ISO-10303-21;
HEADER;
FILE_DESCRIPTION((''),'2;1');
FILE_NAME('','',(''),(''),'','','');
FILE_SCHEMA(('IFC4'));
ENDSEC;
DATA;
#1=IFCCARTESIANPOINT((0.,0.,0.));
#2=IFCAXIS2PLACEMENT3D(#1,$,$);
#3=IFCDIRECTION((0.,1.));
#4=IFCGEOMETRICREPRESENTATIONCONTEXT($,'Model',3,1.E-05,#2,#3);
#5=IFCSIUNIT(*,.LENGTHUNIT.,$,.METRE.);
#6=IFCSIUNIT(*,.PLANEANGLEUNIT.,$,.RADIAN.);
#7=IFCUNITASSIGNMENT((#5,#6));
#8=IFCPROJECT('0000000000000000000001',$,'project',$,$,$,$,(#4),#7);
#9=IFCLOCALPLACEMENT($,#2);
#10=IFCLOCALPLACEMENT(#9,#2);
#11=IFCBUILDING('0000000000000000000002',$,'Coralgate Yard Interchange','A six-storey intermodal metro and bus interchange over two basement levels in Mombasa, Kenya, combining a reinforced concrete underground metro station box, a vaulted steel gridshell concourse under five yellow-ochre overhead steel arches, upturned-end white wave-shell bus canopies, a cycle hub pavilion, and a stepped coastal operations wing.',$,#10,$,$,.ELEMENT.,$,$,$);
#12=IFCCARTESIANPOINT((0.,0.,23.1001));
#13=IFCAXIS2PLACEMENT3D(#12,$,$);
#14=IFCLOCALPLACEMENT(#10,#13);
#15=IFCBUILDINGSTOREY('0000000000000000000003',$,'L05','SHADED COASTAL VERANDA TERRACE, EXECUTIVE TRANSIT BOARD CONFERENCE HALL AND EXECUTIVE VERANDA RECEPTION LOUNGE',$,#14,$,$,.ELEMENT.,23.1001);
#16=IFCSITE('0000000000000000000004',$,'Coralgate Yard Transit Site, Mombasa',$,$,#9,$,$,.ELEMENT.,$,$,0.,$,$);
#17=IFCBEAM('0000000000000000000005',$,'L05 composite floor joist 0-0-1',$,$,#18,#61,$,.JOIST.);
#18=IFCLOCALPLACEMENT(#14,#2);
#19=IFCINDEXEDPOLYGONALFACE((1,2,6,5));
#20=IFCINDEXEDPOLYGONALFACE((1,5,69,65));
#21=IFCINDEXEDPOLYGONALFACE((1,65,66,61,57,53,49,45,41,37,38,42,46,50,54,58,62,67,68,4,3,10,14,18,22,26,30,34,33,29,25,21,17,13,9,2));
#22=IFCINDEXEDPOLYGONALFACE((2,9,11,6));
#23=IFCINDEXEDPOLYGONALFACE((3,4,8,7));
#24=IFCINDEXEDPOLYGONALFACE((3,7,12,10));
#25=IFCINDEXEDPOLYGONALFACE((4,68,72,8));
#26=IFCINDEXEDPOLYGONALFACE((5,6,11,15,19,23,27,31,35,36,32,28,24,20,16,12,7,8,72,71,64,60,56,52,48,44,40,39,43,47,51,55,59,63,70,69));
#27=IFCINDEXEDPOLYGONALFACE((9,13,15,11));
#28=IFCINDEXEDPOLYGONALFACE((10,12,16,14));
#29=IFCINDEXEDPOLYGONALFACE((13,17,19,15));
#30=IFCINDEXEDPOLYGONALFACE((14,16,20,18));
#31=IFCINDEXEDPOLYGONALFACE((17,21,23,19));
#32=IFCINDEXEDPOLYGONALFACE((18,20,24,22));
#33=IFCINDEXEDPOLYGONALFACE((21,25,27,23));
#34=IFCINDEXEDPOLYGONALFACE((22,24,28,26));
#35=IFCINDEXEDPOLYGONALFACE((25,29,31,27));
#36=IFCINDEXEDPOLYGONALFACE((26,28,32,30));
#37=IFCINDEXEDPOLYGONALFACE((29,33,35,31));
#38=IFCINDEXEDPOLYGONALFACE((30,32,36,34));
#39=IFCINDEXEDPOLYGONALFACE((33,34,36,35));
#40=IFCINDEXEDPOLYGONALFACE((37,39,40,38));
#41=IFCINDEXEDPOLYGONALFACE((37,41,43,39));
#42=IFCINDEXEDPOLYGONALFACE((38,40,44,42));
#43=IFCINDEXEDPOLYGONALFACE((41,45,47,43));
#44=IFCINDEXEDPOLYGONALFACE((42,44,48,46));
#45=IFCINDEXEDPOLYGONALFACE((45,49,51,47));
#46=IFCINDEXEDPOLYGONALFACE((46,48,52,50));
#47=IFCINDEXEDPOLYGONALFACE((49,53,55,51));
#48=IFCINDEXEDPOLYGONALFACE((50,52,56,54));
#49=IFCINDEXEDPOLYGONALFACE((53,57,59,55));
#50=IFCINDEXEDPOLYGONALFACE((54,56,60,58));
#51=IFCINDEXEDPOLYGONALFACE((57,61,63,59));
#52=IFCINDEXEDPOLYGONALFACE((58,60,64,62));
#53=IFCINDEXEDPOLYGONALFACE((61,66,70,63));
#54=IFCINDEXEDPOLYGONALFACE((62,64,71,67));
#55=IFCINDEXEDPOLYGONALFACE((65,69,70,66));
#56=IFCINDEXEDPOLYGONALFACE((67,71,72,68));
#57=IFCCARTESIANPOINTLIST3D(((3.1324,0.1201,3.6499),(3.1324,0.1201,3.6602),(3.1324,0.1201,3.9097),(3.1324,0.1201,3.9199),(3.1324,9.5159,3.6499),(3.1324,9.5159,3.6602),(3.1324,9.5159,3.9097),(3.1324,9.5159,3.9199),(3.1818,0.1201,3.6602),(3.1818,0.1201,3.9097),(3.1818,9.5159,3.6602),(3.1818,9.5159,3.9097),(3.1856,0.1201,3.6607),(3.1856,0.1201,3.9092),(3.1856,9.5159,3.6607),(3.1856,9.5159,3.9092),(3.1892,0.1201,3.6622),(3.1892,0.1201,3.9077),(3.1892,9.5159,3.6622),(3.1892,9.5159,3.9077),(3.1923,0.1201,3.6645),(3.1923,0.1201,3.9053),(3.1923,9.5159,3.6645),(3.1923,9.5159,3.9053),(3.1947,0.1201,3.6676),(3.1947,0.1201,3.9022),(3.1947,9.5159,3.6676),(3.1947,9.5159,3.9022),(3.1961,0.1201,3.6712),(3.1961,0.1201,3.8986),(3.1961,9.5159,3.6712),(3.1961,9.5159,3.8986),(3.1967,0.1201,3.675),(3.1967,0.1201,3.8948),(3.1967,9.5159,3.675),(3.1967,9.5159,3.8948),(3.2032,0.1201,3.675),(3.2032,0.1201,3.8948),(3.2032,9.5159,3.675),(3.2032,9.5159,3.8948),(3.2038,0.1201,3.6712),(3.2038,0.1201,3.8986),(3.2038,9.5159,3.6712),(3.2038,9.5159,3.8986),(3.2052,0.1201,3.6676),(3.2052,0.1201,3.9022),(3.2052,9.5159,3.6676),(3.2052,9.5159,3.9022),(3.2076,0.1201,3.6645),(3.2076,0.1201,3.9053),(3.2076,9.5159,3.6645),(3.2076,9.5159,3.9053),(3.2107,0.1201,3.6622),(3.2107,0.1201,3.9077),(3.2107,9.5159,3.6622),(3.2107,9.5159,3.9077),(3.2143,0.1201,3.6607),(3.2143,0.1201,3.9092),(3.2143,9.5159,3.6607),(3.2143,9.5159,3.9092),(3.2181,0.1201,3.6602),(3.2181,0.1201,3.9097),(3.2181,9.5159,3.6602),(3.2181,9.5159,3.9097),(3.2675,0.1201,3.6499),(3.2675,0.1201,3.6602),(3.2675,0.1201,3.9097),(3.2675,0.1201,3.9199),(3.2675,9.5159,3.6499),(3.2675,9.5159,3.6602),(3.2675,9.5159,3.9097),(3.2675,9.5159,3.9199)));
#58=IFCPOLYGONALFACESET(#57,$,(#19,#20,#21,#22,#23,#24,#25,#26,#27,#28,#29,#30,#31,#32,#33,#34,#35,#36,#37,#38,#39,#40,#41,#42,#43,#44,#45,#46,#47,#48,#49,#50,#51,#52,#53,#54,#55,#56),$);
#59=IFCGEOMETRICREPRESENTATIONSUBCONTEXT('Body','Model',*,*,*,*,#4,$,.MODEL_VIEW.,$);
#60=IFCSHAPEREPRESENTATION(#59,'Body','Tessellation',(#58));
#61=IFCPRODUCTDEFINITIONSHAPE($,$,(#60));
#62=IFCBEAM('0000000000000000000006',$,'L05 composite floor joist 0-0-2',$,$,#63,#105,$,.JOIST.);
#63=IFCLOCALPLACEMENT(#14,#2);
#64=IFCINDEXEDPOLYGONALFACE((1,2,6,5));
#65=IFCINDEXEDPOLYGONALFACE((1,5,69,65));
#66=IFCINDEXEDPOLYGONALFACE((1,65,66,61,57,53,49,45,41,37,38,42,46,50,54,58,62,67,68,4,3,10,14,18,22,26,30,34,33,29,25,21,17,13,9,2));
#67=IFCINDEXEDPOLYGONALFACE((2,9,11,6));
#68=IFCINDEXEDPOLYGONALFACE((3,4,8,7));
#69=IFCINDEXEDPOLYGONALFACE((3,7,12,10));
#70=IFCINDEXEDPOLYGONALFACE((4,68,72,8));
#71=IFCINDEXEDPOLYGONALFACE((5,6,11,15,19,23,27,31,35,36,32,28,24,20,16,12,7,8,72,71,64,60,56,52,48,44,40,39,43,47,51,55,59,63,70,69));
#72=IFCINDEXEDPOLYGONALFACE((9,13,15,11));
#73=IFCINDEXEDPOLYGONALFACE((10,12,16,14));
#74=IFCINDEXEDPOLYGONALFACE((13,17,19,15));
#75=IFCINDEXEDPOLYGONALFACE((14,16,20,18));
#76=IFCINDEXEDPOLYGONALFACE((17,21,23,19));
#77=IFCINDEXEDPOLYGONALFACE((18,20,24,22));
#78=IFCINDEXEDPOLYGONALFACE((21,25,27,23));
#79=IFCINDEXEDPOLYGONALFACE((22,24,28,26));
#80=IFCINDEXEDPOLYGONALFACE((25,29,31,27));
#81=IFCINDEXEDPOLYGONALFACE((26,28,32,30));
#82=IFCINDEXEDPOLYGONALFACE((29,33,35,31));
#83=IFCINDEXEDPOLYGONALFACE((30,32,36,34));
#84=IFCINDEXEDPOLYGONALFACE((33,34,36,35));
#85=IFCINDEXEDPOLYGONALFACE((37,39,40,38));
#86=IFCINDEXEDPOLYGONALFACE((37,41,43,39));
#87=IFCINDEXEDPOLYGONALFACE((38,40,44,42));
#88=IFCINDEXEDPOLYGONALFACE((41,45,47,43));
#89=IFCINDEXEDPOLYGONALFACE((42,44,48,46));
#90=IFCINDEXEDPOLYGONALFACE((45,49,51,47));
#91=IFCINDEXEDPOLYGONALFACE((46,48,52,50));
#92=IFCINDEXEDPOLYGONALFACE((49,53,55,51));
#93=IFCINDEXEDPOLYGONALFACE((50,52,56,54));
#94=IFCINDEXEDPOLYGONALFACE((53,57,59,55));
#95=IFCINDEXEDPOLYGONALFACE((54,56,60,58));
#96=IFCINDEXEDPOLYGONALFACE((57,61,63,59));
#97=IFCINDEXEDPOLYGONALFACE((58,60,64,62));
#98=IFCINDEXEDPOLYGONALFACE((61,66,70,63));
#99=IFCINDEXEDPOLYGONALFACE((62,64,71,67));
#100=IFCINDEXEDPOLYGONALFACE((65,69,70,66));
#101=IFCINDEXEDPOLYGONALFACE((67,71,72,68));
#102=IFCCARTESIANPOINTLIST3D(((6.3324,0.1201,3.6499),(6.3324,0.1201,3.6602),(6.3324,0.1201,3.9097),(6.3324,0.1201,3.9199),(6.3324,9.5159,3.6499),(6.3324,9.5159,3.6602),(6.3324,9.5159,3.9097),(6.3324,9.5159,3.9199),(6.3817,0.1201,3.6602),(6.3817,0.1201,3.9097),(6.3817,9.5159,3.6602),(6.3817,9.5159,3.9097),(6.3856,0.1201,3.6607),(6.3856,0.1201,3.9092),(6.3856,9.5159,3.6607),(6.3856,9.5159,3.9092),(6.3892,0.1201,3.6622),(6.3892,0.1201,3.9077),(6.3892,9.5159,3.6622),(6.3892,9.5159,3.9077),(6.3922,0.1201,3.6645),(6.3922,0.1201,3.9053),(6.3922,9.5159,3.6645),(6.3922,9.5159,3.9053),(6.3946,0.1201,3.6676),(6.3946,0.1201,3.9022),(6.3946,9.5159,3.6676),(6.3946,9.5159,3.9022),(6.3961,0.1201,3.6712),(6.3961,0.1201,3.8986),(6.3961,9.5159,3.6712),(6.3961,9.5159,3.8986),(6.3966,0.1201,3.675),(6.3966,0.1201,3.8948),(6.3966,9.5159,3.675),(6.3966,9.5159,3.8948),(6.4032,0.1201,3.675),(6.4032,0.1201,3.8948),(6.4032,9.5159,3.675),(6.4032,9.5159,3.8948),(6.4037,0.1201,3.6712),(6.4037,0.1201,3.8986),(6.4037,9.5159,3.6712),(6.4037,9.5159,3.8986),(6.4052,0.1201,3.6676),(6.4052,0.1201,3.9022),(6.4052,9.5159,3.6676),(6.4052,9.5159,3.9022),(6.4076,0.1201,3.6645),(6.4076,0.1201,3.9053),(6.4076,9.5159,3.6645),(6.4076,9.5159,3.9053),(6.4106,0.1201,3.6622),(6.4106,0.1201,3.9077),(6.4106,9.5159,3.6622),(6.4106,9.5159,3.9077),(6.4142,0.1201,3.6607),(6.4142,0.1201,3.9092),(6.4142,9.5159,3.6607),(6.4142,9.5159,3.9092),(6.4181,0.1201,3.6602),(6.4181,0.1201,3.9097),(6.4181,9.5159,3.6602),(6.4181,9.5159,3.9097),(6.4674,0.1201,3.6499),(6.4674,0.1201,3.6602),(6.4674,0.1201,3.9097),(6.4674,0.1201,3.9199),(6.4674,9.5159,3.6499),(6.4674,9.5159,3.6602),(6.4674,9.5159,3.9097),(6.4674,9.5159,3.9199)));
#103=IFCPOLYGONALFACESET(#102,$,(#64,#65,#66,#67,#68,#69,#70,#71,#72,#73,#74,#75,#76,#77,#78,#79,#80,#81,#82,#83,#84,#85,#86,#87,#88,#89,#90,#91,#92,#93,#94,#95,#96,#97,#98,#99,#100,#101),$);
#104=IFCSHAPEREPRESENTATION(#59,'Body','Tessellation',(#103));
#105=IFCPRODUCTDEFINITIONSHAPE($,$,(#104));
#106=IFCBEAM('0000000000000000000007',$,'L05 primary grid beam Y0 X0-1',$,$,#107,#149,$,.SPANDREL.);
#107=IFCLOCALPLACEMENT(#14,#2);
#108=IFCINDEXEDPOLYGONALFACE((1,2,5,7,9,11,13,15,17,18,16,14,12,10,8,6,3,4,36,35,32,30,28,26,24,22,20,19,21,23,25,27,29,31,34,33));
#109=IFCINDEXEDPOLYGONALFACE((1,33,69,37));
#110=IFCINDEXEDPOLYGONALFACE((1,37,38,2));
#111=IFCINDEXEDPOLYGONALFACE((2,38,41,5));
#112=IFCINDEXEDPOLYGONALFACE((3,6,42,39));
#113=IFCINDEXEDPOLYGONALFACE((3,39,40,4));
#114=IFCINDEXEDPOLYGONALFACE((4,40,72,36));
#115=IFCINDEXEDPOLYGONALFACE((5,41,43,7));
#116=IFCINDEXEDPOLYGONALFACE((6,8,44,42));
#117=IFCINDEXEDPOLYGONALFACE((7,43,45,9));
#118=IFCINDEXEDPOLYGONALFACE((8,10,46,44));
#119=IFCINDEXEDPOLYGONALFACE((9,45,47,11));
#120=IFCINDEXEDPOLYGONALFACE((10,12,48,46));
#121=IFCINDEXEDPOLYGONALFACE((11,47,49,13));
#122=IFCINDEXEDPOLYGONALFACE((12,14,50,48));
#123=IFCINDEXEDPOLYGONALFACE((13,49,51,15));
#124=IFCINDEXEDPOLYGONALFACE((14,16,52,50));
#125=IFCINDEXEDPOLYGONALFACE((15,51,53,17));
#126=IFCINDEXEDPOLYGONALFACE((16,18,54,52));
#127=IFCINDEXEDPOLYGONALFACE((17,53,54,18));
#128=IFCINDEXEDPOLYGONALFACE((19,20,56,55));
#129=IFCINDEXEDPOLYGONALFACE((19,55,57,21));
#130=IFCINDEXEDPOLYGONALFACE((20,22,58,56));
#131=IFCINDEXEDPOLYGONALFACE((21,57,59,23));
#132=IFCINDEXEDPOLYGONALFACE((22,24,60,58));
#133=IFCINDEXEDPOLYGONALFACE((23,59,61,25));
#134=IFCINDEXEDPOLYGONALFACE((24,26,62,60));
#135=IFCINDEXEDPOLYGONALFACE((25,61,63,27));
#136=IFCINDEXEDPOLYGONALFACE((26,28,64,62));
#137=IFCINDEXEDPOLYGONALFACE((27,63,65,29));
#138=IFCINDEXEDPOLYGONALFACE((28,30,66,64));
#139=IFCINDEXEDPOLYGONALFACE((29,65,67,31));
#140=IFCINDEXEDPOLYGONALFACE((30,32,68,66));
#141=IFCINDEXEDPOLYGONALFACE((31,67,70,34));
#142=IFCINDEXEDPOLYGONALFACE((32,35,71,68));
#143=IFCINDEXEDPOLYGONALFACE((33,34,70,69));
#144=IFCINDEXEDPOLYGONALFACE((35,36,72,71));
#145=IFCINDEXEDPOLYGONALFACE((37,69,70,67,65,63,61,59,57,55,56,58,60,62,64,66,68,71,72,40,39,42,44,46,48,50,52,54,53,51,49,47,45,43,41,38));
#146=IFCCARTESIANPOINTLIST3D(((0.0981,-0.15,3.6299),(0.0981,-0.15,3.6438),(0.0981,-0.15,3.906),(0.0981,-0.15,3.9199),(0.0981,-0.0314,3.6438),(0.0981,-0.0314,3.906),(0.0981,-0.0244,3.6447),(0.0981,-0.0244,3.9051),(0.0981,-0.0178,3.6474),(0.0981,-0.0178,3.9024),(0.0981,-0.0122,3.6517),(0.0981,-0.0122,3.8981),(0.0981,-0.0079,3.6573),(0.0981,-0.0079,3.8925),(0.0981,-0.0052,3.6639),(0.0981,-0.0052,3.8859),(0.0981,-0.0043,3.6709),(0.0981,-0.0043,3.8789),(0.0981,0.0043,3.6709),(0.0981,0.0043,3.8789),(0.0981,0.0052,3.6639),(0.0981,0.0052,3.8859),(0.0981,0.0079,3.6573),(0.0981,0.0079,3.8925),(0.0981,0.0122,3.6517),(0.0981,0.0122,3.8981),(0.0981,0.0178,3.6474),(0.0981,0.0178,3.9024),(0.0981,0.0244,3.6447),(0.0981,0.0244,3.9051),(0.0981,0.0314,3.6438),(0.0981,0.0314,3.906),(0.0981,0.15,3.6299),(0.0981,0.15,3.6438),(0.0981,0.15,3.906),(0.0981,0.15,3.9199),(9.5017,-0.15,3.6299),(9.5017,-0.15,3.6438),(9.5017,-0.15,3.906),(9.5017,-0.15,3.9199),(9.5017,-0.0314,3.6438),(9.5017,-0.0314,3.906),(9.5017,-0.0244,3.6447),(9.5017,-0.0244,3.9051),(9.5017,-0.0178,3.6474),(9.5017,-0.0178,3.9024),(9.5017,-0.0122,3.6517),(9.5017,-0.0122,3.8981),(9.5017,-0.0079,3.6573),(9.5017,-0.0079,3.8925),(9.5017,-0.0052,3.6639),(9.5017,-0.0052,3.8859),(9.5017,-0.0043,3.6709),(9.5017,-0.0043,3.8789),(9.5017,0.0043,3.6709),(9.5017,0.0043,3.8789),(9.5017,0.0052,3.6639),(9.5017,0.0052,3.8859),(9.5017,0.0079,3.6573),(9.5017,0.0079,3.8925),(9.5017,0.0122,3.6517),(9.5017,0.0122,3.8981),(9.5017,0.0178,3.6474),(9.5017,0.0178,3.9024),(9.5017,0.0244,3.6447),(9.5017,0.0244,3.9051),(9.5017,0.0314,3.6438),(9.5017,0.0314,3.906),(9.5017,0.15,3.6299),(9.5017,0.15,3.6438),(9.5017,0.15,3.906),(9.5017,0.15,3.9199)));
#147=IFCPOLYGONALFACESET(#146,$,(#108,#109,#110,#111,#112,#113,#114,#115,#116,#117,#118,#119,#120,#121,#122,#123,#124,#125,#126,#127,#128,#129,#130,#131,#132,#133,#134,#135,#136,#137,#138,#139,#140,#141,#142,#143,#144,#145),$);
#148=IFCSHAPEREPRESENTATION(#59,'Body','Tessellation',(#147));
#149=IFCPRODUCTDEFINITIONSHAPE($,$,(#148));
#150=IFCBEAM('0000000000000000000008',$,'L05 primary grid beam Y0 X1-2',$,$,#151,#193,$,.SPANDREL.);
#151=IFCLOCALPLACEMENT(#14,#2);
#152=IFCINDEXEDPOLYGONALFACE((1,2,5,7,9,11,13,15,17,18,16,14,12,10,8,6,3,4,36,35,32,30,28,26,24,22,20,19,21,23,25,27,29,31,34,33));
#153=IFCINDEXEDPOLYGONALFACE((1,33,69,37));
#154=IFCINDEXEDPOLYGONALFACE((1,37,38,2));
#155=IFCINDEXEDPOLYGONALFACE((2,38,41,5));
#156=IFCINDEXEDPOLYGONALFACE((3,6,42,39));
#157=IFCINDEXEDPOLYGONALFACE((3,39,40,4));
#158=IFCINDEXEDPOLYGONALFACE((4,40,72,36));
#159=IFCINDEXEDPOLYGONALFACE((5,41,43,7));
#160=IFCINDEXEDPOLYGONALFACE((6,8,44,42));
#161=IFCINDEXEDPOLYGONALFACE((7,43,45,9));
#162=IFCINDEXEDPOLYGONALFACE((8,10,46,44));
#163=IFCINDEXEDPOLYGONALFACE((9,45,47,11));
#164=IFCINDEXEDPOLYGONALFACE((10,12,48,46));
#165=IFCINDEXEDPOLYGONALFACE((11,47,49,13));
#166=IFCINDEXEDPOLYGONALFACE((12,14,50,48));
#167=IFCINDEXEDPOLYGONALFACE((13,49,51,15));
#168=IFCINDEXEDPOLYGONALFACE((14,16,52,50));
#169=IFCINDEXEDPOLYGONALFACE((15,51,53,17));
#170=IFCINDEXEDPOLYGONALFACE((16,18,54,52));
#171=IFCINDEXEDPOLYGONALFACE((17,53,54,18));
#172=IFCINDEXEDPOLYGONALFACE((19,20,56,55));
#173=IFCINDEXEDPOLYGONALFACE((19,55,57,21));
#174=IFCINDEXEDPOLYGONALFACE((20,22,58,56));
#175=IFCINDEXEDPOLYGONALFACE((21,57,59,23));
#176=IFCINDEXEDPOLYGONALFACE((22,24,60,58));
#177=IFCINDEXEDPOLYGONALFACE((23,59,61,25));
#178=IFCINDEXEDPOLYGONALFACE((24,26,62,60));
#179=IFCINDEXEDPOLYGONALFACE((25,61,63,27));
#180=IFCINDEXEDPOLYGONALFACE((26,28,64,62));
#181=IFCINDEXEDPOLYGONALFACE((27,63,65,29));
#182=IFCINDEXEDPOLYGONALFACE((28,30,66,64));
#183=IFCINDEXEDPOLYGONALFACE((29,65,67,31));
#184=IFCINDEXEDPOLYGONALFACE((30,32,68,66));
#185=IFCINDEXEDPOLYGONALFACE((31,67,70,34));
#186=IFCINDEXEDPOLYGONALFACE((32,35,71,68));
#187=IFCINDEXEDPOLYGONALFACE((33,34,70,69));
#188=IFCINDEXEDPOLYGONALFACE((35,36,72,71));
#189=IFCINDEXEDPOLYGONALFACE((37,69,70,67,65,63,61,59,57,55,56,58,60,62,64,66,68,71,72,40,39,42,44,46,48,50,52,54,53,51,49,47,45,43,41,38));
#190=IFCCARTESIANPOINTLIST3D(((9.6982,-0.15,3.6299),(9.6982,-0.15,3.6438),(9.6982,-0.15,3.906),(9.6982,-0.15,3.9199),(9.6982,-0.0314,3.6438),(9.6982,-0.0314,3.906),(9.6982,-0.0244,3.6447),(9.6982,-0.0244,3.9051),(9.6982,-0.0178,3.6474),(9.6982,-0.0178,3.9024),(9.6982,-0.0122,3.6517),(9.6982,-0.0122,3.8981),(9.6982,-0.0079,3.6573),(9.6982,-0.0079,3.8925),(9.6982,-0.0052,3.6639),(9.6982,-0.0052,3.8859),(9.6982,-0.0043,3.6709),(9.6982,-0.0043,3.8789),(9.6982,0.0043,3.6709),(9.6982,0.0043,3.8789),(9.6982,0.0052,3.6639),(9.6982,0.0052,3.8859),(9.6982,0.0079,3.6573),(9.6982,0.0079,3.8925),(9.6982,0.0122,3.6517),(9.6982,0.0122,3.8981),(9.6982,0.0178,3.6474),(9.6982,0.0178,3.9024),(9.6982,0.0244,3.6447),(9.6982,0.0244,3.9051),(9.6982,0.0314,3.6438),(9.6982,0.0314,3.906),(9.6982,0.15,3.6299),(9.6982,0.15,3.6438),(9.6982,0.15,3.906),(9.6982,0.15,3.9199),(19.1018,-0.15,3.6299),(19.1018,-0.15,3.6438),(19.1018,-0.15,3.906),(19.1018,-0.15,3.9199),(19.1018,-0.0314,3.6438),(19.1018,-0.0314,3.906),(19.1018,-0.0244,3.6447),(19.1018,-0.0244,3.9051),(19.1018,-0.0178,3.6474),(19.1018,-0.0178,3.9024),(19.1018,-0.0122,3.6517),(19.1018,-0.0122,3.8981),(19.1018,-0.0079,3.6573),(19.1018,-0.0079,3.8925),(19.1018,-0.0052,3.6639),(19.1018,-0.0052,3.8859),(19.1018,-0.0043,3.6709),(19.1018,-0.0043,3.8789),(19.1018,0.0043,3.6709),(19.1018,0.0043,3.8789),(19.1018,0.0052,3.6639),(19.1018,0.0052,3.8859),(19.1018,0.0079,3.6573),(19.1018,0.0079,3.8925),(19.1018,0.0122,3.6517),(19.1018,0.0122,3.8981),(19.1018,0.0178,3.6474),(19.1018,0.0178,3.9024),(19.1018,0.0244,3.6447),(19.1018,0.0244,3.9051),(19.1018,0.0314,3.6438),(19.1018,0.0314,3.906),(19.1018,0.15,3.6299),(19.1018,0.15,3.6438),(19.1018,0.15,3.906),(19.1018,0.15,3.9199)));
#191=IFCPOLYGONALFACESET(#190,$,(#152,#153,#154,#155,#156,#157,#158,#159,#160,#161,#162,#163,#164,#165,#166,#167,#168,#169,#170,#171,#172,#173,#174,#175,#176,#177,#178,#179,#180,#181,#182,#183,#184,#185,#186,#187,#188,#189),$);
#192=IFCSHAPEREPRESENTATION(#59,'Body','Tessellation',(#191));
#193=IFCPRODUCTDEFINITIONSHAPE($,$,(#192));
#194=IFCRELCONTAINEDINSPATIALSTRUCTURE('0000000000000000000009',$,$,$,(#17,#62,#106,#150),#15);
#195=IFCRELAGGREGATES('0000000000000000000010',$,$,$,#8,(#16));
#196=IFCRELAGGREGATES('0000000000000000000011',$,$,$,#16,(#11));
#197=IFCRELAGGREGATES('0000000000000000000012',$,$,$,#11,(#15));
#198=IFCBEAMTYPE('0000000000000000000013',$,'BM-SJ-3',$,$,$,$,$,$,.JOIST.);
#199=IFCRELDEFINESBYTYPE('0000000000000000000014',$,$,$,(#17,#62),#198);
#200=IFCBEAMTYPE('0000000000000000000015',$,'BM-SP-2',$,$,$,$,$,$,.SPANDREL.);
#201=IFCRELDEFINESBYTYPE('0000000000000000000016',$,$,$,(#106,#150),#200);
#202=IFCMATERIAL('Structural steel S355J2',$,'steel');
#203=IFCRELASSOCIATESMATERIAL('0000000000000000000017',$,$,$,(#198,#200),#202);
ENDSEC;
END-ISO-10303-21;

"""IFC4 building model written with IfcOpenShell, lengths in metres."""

from ifc_helpers import new_model, si_unit, direction, frame, origin, origin_2d, place, context, subcontext, project, spatial, i_section, extrude, material, material_profile, profile_set, type_object, element, save


model = new_model("IFC4")

# Units and contexts
model_context = context("Model", 3, precision=1e-05, world=origin(), true_north=direction((0.0, 1.0)))
body_context = subcontext(model_context, "Body", "Model", "MODEL_VIEW")
ifc_project = project(units=[si_unit("LENGTHUNIT", "METRE"), si_unit("PLANEANGLEUNIT", "RADIAN")], contexts=[model_context])

# Site, building, storey
site_placement = place(None, origin())
site = spatial("IfcSite", under=ifc_project, at=site_placement, Name="Coralgate Yard Transit Site, Mombasa", CompositionType="ELEMENT", RefElevation=0.0)
building_placement = place(site_placement, origin())
building = spatial("IfcBuilding", under=site, at=building_placement, Name="Coralgate Yard Interchange", Description="A six-storey intermodal metro and bus interchange over two basement levels in Mombasa, Kenya, combining a reinforced concrete underground metro station box, a vaulted steel gridshell concourse under five yellow-ochre overhead steel arches, upturned-end white wave-shell bus canopies, a cycle hub pavilion, and a stepped coastal operations wing.", CompositionType="ELEMENT")
storey_placement = place(building_placement, frame((0.0, 0.0, 23.1001)))
storey = spatial("IfcBuildingStorey", under=building, at=storey_placement, Name="L05", Description="SHADED COASTAL VERANDA TERRACE, EXECUTIVE TRANSIT BOARD CONFERENCE HALL AND EXECUTIVE VERANDA RECEPTION LOUNGE", CompositionType="ELEMENT", Elevation=23.1001)

# Shared definitions
ifc_material_1 = material(Name="Structural steel S355J2", Category="steel")

# Beams
ifc_material_profile_1 = material_profile(ifc_material_1, i_section(OverallWidth=0.135, OverallDepth=0.27, WebThickness=0.0066, FlangeThickness=0.0103, FilletRadius=0.0149, at=origin_2d()), Name="IPE 270")
ifc_profile_set_1 = profile_set([ifc_material_profile_1], Name="Structural steel S355J2")
beam_type_1 = type_object("IfcBeamType", Name="BM-SJ-3", PredefinedType="JOIST", material=ifc_profile_set_1)
for number, where, z_axis, x_axis, name in (
    (1, (3.2, 0.1201, 3.7849), (0.0, 1.0, 0.0), (-1.0, 0.0, 0.0), "L05 composite floor joist 0-0-1"),
    (2, (6.3999, 0.1201, 3.7849), (0.0, 1.0, 0.0), (-1.0, 0.0, 0.0), "L05 composite floor joist 0-0-2"),
):
    element("IfcBeam", number, at=place(storey_placement, frame(where, z_axis=z_axis, x_axis=x_axis)), inside=storey, type_object=beam_type_1, Name=name, PredefinedType="JOIST", context=body_context, shape_type="SweptSolid", body=[
        extrude(i_section(OverallWidth=0.135, OverallDepth=0.27, WebThickness=0.0066, FlangeThickness=0.0103, FilletRadius=0.0149, at=origin_2d()), origin(), (0.0, 0.0, 1.0), 9.3958),
    ])
ifc_material_profile_2 = material_profile(ifc_material_1, i_section(OverallWidth=0.3, OverallDepth=0.29, WebThickness=0.0085, FlangeThickness=0.0139, FilletRadius=0.0271, at=origin_2d()), Name="HEA 300")
ifc_profile_set_2 = profile_set([ifc_material_profile_2], Name="Structural steel S355J2")
beam_type_2 = type_object("IfcBeamType", Name="BM-SP-2", PredefinedType="SPANDREL", material=ifc_profile_set_2)
for number, where, z_axis, x_axis, name in (
    (3, (0.0981, 0.0, 3.7749), (1.0, 0.0, 0.0), (0.0, 1.0, 0.0), "L05 primary grid beam Y0 X0-1"),
    (4, (9.6982, 0.0, 3.7749), (1.0, 0.0, 0.0), (0.0, 1.0, 0.0), "L05 primary grid beam Y0 X1-2"),
):
    element("IfcBeam", number, at=place(storey_placement, frame(where, z_axis=z_axis, x_axis=x_axis)), inside=storey, type_object=beam_type_2, Name=name, PredefinedType="SPANDREL", context=body_context, shape_type="SweptSolid", body=[
        extrude(i_section(OverallWidth=0.3, OverallDepth=0.29, WebThickness=0.0085, FlangeThickness=0.0139, FilletRadius=0.0271, at=origin_2d()), origin(), (0.0, 0.0, 1.0), 9.4036),
    ])

save(model, "model.ifc")
